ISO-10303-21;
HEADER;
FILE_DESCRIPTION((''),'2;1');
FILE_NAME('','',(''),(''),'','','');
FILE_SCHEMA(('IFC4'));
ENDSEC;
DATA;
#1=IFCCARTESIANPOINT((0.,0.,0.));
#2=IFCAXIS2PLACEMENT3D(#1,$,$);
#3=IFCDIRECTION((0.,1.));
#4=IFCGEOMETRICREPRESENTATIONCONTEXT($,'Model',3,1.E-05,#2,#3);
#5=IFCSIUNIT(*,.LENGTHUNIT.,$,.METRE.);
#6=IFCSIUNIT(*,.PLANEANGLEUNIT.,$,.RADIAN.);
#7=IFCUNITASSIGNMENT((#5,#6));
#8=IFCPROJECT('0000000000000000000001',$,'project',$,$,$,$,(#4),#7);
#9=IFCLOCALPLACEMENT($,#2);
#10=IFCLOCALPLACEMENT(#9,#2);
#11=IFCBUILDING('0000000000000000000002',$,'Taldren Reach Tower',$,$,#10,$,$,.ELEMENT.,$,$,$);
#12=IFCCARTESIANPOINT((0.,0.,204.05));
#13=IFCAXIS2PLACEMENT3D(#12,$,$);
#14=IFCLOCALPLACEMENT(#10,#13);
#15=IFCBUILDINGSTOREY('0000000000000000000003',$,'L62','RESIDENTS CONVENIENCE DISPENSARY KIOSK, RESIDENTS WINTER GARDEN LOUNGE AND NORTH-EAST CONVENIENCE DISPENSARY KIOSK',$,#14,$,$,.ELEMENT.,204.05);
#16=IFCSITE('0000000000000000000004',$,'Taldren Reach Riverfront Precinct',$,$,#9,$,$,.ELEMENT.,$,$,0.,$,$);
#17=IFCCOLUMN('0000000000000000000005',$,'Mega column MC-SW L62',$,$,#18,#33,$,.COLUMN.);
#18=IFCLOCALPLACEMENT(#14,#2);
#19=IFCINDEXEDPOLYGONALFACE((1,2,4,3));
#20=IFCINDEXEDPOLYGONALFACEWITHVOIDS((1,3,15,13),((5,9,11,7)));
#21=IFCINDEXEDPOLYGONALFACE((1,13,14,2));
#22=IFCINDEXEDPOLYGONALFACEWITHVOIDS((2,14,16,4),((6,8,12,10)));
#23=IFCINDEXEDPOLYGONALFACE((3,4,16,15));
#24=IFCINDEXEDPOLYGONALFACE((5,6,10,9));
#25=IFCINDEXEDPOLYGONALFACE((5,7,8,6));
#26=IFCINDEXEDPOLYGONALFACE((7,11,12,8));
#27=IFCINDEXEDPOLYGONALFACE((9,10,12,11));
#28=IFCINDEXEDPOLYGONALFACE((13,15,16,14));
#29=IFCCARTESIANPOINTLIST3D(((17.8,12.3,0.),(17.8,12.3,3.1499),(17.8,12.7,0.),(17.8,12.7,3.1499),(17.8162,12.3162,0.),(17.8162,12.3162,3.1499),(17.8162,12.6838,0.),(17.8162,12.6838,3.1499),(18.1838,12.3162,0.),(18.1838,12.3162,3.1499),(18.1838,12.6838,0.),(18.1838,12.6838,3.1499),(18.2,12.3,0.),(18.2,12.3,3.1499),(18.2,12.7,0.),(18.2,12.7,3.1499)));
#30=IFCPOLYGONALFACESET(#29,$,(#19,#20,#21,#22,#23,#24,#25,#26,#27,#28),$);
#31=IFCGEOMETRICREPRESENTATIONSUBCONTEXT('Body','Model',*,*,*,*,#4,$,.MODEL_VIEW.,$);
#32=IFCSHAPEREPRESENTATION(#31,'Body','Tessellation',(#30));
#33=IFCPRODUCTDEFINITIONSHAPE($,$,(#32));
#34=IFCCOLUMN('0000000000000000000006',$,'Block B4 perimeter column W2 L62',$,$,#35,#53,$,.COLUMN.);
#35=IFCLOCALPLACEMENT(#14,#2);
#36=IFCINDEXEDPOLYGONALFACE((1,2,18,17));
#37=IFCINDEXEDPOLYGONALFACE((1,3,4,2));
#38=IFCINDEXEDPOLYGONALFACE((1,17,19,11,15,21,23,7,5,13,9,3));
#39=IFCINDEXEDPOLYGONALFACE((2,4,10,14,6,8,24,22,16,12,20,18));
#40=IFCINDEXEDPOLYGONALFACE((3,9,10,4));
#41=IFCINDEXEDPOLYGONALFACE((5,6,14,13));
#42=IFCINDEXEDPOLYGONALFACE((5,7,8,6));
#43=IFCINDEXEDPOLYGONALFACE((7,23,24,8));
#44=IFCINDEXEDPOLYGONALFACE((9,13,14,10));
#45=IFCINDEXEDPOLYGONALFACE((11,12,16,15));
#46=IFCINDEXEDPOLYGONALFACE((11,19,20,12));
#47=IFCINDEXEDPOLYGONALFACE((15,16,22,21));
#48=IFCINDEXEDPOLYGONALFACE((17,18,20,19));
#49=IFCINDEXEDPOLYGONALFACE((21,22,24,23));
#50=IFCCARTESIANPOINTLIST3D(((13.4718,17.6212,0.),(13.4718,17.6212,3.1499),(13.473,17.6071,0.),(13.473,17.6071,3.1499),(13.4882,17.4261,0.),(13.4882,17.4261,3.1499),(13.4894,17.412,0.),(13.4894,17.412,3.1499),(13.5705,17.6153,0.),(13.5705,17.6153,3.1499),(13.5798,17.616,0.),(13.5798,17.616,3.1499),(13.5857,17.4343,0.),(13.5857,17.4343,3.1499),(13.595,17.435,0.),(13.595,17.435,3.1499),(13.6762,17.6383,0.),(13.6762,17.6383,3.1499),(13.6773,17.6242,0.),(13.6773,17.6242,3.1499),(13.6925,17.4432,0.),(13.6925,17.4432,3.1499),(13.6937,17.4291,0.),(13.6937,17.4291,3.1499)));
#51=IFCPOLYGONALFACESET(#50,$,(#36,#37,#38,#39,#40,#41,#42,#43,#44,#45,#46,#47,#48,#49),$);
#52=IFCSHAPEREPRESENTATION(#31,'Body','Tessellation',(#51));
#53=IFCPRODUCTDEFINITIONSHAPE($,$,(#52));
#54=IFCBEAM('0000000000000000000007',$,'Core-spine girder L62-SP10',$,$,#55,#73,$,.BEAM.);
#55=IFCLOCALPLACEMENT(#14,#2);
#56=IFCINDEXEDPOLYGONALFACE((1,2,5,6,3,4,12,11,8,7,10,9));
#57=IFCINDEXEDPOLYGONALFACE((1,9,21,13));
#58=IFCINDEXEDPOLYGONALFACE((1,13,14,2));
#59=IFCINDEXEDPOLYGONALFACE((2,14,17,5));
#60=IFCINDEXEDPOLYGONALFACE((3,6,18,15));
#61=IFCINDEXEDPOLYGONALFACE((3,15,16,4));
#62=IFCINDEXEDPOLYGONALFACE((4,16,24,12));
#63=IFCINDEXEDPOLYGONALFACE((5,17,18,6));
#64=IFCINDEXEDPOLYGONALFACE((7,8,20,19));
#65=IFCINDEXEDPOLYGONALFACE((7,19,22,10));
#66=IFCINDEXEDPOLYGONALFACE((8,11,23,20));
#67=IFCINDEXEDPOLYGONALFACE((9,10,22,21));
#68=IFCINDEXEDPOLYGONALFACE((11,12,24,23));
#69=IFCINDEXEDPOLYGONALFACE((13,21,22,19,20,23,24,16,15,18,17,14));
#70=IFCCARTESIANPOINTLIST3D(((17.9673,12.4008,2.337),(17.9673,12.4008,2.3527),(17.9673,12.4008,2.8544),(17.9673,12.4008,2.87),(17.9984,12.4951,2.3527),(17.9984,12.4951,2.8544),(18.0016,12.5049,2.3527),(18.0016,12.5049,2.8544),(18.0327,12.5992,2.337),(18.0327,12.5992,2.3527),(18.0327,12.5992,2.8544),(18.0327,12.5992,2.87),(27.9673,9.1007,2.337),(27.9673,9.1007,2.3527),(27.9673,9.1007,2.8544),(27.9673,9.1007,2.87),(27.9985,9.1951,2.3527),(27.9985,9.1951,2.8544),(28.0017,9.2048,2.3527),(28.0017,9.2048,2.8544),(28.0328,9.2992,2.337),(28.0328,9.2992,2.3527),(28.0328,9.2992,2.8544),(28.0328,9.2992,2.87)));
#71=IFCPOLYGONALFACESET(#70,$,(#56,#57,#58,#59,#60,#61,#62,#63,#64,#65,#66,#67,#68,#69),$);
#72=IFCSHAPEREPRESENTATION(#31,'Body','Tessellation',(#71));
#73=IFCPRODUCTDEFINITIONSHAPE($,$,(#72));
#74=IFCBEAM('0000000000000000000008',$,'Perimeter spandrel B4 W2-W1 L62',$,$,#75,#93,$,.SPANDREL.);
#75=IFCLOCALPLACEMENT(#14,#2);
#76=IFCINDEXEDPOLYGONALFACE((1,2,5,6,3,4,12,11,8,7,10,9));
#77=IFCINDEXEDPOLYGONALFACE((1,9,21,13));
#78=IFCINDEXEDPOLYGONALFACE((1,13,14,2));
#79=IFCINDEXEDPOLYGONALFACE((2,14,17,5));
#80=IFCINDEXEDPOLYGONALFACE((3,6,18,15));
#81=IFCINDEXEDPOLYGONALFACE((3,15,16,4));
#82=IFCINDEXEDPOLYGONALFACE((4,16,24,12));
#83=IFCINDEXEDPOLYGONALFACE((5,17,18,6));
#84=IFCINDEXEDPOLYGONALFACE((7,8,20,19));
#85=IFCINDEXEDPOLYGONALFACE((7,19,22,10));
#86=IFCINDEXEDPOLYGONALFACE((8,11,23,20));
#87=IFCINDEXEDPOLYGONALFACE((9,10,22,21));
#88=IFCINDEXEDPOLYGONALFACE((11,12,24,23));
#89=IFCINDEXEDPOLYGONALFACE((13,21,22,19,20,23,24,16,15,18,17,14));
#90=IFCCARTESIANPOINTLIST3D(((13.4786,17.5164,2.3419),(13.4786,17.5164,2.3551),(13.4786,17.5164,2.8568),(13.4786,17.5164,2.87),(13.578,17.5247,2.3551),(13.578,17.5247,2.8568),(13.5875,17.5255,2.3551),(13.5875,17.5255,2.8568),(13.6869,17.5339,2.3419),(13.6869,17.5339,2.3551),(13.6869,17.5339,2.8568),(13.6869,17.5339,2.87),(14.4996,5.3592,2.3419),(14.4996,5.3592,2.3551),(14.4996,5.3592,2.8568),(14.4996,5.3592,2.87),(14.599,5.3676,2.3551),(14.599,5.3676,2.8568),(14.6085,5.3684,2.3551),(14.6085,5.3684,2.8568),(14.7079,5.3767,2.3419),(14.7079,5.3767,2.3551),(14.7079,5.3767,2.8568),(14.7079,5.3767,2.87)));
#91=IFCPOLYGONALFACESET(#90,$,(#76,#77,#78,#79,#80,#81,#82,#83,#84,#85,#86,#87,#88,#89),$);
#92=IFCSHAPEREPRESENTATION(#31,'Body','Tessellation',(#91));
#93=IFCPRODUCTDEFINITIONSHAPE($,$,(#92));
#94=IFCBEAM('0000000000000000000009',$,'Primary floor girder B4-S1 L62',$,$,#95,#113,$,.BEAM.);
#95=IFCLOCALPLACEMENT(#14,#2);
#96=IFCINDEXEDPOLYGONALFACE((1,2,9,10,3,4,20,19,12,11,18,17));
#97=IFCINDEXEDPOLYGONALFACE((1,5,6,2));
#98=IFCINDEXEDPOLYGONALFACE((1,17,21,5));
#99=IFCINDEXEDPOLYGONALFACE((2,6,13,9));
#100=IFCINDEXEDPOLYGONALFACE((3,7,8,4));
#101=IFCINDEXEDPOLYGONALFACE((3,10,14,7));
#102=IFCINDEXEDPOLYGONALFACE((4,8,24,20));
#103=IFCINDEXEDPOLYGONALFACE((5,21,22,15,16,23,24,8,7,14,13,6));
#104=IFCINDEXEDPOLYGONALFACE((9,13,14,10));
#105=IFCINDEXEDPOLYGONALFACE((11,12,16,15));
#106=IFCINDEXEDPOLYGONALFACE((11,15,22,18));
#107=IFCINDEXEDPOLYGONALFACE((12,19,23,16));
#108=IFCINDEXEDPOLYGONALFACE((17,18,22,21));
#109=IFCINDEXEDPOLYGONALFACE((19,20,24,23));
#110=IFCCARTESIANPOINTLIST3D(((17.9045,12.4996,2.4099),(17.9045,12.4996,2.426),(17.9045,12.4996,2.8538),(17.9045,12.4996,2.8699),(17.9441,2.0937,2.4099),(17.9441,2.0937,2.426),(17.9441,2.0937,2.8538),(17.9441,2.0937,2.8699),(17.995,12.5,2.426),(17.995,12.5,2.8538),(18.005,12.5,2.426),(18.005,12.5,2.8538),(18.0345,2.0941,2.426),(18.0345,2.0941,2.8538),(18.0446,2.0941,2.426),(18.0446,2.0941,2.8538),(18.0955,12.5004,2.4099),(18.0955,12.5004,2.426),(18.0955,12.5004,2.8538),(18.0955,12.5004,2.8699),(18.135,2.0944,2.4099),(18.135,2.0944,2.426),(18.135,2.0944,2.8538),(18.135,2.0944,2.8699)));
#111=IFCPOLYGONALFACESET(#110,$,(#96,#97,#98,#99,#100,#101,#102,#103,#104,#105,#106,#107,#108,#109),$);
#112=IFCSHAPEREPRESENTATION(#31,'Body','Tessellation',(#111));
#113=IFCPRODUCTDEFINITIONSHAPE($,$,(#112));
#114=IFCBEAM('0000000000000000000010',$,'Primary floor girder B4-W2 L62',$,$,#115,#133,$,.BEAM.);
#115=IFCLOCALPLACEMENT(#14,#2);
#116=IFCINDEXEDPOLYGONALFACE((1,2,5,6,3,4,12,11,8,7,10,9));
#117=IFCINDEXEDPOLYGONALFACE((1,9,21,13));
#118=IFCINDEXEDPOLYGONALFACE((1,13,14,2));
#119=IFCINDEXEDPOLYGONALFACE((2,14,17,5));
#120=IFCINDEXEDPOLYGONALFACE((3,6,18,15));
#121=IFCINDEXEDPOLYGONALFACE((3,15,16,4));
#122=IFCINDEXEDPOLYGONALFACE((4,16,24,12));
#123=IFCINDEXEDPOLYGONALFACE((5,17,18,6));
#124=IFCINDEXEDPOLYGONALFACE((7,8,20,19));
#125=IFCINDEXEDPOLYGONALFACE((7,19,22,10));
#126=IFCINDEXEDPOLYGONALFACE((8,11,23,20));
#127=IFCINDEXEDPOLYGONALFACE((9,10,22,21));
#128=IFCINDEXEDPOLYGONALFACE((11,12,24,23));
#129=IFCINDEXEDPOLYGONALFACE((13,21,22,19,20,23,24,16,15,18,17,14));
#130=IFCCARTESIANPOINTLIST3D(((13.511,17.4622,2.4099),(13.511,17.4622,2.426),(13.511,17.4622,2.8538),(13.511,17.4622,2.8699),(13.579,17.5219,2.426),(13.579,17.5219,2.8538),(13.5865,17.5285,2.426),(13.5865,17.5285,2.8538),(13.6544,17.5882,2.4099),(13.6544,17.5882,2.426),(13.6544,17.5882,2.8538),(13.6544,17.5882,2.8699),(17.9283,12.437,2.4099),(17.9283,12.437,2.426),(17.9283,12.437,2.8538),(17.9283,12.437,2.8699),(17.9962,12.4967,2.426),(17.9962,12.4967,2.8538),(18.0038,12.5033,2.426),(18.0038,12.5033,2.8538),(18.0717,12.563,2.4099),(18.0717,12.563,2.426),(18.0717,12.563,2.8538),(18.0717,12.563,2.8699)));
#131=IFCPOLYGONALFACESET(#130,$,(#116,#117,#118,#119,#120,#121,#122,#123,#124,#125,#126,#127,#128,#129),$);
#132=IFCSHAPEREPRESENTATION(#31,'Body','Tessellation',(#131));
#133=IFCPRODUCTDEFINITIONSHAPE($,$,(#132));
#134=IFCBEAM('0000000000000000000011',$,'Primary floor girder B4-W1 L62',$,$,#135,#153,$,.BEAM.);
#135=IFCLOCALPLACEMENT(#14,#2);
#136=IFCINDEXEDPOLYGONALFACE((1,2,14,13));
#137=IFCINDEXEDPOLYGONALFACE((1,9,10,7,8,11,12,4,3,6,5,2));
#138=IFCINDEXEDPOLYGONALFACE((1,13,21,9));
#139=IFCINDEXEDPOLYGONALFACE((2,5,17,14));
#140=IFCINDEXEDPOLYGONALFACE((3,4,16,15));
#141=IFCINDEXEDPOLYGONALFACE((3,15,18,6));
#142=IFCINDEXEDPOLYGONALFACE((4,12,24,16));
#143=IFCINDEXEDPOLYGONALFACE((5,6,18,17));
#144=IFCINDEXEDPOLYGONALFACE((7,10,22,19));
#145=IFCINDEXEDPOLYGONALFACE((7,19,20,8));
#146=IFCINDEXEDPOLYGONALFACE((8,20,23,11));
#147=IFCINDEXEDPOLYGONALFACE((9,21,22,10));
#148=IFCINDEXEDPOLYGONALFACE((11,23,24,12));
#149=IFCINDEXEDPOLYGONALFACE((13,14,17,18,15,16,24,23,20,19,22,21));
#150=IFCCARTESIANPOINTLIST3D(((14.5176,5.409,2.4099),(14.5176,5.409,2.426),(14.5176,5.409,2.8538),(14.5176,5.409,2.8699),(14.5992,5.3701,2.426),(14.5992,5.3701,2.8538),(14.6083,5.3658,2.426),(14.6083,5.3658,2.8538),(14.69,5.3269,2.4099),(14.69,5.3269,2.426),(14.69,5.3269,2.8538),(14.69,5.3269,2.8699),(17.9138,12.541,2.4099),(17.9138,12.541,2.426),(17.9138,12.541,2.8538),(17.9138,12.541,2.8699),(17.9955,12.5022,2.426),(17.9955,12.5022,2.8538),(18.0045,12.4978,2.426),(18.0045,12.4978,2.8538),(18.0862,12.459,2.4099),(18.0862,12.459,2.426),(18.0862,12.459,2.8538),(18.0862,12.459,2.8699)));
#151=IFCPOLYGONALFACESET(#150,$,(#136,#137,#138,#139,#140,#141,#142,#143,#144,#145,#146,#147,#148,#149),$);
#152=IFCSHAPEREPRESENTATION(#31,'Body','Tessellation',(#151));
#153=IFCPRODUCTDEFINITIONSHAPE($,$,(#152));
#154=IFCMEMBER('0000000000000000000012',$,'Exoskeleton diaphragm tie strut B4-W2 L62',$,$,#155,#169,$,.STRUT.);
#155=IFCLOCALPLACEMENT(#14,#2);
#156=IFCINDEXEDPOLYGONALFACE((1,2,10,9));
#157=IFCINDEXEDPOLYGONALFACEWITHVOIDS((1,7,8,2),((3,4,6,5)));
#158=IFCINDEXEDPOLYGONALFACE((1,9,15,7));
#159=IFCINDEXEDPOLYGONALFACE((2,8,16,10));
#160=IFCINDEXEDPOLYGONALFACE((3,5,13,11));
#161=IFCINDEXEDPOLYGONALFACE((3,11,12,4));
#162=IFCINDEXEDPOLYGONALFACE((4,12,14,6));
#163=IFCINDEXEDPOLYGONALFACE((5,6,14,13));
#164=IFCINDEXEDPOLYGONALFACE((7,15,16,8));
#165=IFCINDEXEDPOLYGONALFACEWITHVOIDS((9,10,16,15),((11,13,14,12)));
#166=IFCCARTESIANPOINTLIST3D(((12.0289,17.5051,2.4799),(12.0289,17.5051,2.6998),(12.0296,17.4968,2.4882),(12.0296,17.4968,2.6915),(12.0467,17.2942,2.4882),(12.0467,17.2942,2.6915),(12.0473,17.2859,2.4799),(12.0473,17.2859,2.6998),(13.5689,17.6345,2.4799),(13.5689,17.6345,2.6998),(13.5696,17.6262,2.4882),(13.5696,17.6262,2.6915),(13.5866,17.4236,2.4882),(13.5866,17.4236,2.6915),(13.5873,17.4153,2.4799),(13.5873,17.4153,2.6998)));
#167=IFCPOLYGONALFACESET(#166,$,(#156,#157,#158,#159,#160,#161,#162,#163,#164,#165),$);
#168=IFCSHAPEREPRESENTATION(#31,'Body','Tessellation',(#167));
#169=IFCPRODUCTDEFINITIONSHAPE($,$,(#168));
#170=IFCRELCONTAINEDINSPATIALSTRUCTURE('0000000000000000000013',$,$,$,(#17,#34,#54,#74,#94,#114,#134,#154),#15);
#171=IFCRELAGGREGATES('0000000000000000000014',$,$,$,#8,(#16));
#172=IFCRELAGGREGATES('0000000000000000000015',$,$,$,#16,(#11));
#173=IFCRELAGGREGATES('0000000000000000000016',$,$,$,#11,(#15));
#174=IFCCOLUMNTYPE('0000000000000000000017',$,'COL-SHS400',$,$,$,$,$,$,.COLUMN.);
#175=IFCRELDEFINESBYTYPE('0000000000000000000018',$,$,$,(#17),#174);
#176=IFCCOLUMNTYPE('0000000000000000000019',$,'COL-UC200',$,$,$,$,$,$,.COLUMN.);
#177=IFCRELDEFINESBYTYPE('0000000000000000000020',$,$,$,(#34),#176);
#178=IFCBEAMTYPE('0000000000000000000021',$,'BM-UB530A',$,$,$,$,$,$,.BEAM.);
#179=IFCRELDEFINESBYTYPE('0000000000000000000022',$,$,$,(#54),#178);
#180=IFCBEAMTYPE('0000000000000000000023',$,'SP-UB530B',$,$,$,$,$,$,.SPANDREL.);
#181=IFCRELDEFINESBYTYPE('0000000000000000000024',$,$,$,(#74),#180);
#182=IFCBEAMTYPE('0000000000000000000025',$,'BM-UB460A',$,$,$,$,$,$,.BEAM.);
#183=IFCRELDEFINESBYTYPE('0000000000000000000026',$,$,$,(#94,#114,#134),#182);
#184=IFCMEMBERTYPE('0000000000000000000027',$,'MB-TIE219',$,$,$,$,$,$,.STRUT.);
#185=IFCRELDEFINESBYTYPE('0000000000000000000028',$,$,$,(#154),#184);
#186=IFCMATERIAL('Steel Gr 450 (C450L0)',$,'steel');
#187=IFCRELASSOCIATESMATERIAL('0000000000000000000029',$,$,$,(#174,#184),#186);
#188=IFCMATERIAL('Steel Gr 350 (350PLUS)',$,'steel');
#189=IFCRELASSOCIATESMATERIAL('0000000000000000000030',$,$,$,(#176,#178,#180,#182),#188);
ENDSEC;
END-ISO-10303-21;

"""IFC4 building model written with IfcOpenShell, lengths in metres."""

from ifc_helpers import new_model, si_unit, direction, frame, origin, origin_2d, place, context, subcontext, project, spatial, hollow_rectangle, i_section, extrude, source, transform, mapped, material, material_profile, profile_set, type_object, element, save


model = new_model("IFC4")

# Units and contexts
model_context = context("Model", 3, precision=1e-05, world=origin(), true_north=direction((0.0, 1.0)))
body_context = subcontext(model_context, "Body", "Model", "MODEL_VIEW")
ifc_project = project(units=[si_unit("LENGTHUNIT", "METRE"), si_unit("PLANEANGLEUNIT", "RADIAN")], contexts=[model_context])

# Site, building, storey
site_placement = place(None, origin())
site = spatial("IfcSite", under=ifc_project, at=site_placement, Name="Taldren Reach Riverfront Precinct", CompositionType="ELEMENT", RefElevation=0.0)
building_placement = place(site_placement, origin())
building = spatial("IfcBuilding", under=site, at=building_placement, Name="Taldren Reach Tower", CompositionType="ELEMENT")
storey_placement = place(building_placement, frame((0.0, 0.0, 204.05)))
storey = spatial("IfcBuildingStorey", under=building, at=storey_placement, Name="L62", Description="RESIDENTS CONVENIENCE DISPENSARY KIOSK, RESIDENTS WINTER GARDEN LOUNGE AND NORTH-EAST CONVENIENCE DISPENSARY KIOSK", CompositionType="ELEMENT", Elevation=204.05)

# Columns
ifc_material_1 = material(Name="Steel Gr 450 (C450L0)", Category="steel")
ifc_material_profile_1 = material_profile(ifc_material_1, hollow_rectangle(XDim=0.3999, YDim=0.3999, WallThickness=0.0161, at=origin_2d()), Name="400x400x16.0SHS")
ifc_profile_set_1 = profile_set([ifc_material_profile_1], Name="Steel Gr 450 (C450L0)")
column_type_1 = type_object("IfcColumnType", Name="COL-SHS400", PredefinedType="COLUMN", material=ifc_profile_set_1)
shared_shape_1 = source(origin(), body_context, "Body", "SweptSolid", [
    extrude(hollow_rectangle(XDim=0.3999, YDim=0.3999, WallThickness=0.0161, at=origin_2d()), origin(), (0.0, 0.0, 1.0), 3.1499),
])
column_1_placement = place(storey_placement, frame((18.0, 12.5, 0.0), z_axis=(0.0, 0.0, 1.0), x_axis=(1.0, 0.0, 0.0)))
element("IfcColumn", 1, at=column_1_placement, inside=storey, type_object=column_type_1, Name="Mega column MC-SW L62", PredefinedType="COLUMN", context=body_context, shape_type="MappedRepresentation", body=[
    mapped(shared_shape_1, transform((0.0, 0.0, 0.0), scale=1.0)),
])
ifc_material_2 = material(Name="Steel Gr 350 (350PLUS)", Category="steel")
ifc_material_profile_2 = material_profile(ifc_material_2, i_section(OverallWidth=0.2051, OverallDepth=0.21, WebThickness=0.0093, FlangeThickness=0.0142, at=origin_2d()), Name="200UC59.5")
ifc_profile_set_2 = profile_set([ifc_material_profile_2], Name="Steel Gr 350 (350PLUS)")
column_type_2 = type_object("IfcColumnType", Name="COL-UC200", PredefinedType="COLUMN", material=ifc_profile_set_2)
shared_shape_2 = source(origin(), body_context, "Body", "SweptSolid", [
    extrude(i_section(OverallWidth=0.2051, OverallDepth=0.21, WebThickness=0.0093, FlangeThickness=0.0142, at=origin_2d()), origin(), (0.0, 0.0, 1.0), 3.1499),
])
column_2_placement = place(storey_placement, frame((13.5828, 17.5251, 0.0), z_axis=(0.0, 0.0, 1.0), x_axis=(0.996493, 0.083678, 0.0)))
element("IfcColumn", 2, at=column_2_placement, inside=storey, type_object=column_type_2, Name="Block B4 perimeter column W2 L62", PredefinedType="COLUMN", context=body_context, shape_type="MappedRepresentation", body=[
    mapped(shared_shape_2, transform((0.0, 0.0, 0.0), scale=1.0)),
])

# Beams
ifc_material_profile_3 = material_profile(ifc_material_2, i_section(OverallWidth=0.209, OverallDepth=0.533, WebThickness=0.0103, FlangeThickness=0.0156, at=origin_2d()), Name="530UB92.4")
ifc_profile_set_3 = profile_set([ifc_material_profile_3], Name="Steel Gr 350 (350PLUS)")
beam_type_1 = type_object("IfcBeamType", Name="BM-UB530A", PredefinedType="BEAM", material=ifc_profile_set_3)
shared_shape_3 = source(origin(), body_context, "Body", "SweptSolid", [
    extrude(i_section(OverallWidth=0.209, OverallDepth=0.533, WebThickness=0.0103, FlangeThickness=0.0156, at=origin_2d()), origin(), (0.0, 0.0, 1.0), 10.5305),
])
beam_1_placement = place(storey_placement, frame((18.0, 12.5, 2.6035), z_axis=(0.949627, -0.313382, 0.0), x_axis=(0.313382, 0.949627, 0.0)))
element("IfcBeam", 3, at=beam_1_placement, inside=storey, type_object=beam_type_1, Name="Core-spine girder L62-SP10", PredefinedType="BEAM", context=body_context, shape_type="MappedRepresentation", body=[
    mapped(shared_shape_3, transform((0.0, 0.0, 0.0), scale=1.0)),
])
ifc_material_profile_4 = material_profile(ifc_material_2, i_section(OverallWidth=0.209, OverallDepth=0.5281, WebThickness=0.0095, FlangeThickness=0.0132, at=origin_2d()), Name="530UB82.0")
ifc_profile_set_4 = profile_set([ifc_material_profile_4], Name="Steel Gr 350 (350PLUS)")
beam_type_2 = type_object("IfcBeamType", Name="SP-UB530B", PredefinedType="SPANDREL", material=ifc_profile_set_4)
shared_shape_4 = source(origin(), body_context, "Body", "SweptSolid", [
    extrude(i_section(OverallWidth=0.209, OverallDepth=0.5281, WebThickness=0.0095, FlangeThickness=0.0132, at=origin_2d()), origin(), (0.0, 0.0, 1.0), 12.2),
])
beam_2_placement = place(storey_placement, frame((13.5828, 17.5251, 2.606), z_axis=(0.083688, -0.996492, 0.0), x_axis=(0.996492, 0.083688, 0.0)))
element("IfcBeam", 4, at=beam_2_placement, inside=storey, type_object=beam_type_2, Name="Perimeter spandrel B4 W2-W1 L62", PredefinedType="SPANDREL", context=body_context, shape_type="MappedRepresentation", body=[
    mapped(shared_shape_4, transform((0.0, 0.0, 0.0), scale=1.0)),
])
ifc_material_profile_5 = material_profile(ifc_material_2, i_section(OverallWidth=0.1909, OverallDepth=0.46, WebThickness=0.01, FlangeThickness=0.0161, at=origin_2d()), Name="460UB82.1")
ifc_profile_set_5 = profile_set([ifc_material_profile_5], Name="Steel Gr 350 (350PLUS)")
beam_type_3 = type_object("IfcBeamType", Name="BM-UB460A", PredefinedType="BEAM", material=ifc_profile_set_5)
shared_shape_5 = source(origin(), body_context, "Body", "SweptSolid", [
    extrude(i_section(OverallWidth=0.1909, OverallDepth=0.46, WebThickness=0.01, FlangeThickness=0.0161, at=origin_2d()), origin(), (0.0, 0.0, 1.0), 10.406),
])
beam_3_placement = place(storey_placement, frame((18.0, 12.5, 2.6399), z_axis=(0.003801, -0.999993, 0.0), x_axis=(0.999993, 0.003801, 0.0)))
element("IfcBeam", 5, at=beam_3_placement, inside=storey, type_object=beam_type_3, Name="Primary floor girder B4-S1 L62", PredefinedType="BEAM", context=body_context, shape_type="MappedRepresentation", body=[
    mapped(shared_shape_5, transform((0.0, 0.0, 0.0), scale=1.0)),
])
shared_shape_6 = source(origin(), body_context, "Body", "SweptSolid", [
    extrude(i_section(OverallWidth=0.1909, OverallDepth=0.46, WebThickness=0.01, FlangeThickness=0.0161, at=origin_2d()), origin(), (0.0, 0.0, 1.0), 6.6907),
])
beam_4_placement = place(storey_placement, frame((18.0, 12.5, 2.6399), z_axis=(-0.660216, 0.751076, 0.0), x_axis=(-0.751076, -0.660216, 0.0)))
element("IfcBeam", 6, at=beam_4_placement, inside=storey, type_object=beam_type_3, Name="Primary floor girder B4-W2 L62", PredefinedType="BEAM", context=body_context, shape_type="MappedRepresentation", body=[
    mapped(shared_shape_6, transform((0.0, 0.0, 0.0), scale=1.0)),
])
shared_shape_7 = source(origin(), body_context, "Body", "SweptSolid", [
    extrude(i_section(OverallWidth=0.1909, OverallDepth=0.46, WebThickness=0.01, FlangeThickness=0.0161, at=origin_2d()), origin(), (0.0, 0.0, 1.0), 7.8994),
])
beam_5_placement = place(storey_placement, frame((18.0, 12.5, 2.6399), z_axis=(-0.429935, -0.90286, 0.0), x_axis=(0.90286, -0.429935, 0.0)))
element("IfcBeam", 7, at=beam_5_placement, inside=storey, type_object=beam_type_3, Name="Primary floor girder B4-W1 L62", PredefinedType="BEAM", context=body_context, shape_type="MappedRepresentation", body=[
    mapped(shared_shape_7, transform((0.0, 0.0, 0.0), scale=1.0)),
])

# Member
ifc_material_profile_6 = material_profile(ifc_material_1, hollow_rectangle(XDim=0.22, YDim=0.22, WallThickness=0.0083, at=origin_2d()), Name="220x220x8.2SHS")
ifc_profile_set_6 = profile_set([ifc_material_profile_6], Name="Steel Gr 450 (C450L0)")
member_type_1 = type_object("IfcMemberType", Name="MB-TIE219", PredefinedType="STRUT", material=ifc_profile_set_6)
shared_shape_8 = source(origin(), body_context, "Body", "SweptSolid", [
    extrude(hollow_rectangle(XDim=0.22, YDim=0.22, WallThickness=0.0083, at=origin_2d()), origin(), (0.0, 0.0, 1.0), 1.5454),
])
member_1_placement = place(storey_placement, frame((13.5781, 17.5249, 2.5898), z_axis=(-0.996489, -0.083725, 0.0), x_axis=(0.083725, -0.996489, 0.0)))
element("IfcMember", 8, at=member_1_placement, inside=storey, type_object=member_type_1, Name="Exoskeleton diaphragm tie strut B4-W2 L62", PredefinedType="STRUT", context=body_context, shape_type="MappedRepresentation", body=[
    mapped(shared_shape_8, transform((0.0, 0.0, 0.0), scale=1.0)),
])

save(model, "model.ifc")
